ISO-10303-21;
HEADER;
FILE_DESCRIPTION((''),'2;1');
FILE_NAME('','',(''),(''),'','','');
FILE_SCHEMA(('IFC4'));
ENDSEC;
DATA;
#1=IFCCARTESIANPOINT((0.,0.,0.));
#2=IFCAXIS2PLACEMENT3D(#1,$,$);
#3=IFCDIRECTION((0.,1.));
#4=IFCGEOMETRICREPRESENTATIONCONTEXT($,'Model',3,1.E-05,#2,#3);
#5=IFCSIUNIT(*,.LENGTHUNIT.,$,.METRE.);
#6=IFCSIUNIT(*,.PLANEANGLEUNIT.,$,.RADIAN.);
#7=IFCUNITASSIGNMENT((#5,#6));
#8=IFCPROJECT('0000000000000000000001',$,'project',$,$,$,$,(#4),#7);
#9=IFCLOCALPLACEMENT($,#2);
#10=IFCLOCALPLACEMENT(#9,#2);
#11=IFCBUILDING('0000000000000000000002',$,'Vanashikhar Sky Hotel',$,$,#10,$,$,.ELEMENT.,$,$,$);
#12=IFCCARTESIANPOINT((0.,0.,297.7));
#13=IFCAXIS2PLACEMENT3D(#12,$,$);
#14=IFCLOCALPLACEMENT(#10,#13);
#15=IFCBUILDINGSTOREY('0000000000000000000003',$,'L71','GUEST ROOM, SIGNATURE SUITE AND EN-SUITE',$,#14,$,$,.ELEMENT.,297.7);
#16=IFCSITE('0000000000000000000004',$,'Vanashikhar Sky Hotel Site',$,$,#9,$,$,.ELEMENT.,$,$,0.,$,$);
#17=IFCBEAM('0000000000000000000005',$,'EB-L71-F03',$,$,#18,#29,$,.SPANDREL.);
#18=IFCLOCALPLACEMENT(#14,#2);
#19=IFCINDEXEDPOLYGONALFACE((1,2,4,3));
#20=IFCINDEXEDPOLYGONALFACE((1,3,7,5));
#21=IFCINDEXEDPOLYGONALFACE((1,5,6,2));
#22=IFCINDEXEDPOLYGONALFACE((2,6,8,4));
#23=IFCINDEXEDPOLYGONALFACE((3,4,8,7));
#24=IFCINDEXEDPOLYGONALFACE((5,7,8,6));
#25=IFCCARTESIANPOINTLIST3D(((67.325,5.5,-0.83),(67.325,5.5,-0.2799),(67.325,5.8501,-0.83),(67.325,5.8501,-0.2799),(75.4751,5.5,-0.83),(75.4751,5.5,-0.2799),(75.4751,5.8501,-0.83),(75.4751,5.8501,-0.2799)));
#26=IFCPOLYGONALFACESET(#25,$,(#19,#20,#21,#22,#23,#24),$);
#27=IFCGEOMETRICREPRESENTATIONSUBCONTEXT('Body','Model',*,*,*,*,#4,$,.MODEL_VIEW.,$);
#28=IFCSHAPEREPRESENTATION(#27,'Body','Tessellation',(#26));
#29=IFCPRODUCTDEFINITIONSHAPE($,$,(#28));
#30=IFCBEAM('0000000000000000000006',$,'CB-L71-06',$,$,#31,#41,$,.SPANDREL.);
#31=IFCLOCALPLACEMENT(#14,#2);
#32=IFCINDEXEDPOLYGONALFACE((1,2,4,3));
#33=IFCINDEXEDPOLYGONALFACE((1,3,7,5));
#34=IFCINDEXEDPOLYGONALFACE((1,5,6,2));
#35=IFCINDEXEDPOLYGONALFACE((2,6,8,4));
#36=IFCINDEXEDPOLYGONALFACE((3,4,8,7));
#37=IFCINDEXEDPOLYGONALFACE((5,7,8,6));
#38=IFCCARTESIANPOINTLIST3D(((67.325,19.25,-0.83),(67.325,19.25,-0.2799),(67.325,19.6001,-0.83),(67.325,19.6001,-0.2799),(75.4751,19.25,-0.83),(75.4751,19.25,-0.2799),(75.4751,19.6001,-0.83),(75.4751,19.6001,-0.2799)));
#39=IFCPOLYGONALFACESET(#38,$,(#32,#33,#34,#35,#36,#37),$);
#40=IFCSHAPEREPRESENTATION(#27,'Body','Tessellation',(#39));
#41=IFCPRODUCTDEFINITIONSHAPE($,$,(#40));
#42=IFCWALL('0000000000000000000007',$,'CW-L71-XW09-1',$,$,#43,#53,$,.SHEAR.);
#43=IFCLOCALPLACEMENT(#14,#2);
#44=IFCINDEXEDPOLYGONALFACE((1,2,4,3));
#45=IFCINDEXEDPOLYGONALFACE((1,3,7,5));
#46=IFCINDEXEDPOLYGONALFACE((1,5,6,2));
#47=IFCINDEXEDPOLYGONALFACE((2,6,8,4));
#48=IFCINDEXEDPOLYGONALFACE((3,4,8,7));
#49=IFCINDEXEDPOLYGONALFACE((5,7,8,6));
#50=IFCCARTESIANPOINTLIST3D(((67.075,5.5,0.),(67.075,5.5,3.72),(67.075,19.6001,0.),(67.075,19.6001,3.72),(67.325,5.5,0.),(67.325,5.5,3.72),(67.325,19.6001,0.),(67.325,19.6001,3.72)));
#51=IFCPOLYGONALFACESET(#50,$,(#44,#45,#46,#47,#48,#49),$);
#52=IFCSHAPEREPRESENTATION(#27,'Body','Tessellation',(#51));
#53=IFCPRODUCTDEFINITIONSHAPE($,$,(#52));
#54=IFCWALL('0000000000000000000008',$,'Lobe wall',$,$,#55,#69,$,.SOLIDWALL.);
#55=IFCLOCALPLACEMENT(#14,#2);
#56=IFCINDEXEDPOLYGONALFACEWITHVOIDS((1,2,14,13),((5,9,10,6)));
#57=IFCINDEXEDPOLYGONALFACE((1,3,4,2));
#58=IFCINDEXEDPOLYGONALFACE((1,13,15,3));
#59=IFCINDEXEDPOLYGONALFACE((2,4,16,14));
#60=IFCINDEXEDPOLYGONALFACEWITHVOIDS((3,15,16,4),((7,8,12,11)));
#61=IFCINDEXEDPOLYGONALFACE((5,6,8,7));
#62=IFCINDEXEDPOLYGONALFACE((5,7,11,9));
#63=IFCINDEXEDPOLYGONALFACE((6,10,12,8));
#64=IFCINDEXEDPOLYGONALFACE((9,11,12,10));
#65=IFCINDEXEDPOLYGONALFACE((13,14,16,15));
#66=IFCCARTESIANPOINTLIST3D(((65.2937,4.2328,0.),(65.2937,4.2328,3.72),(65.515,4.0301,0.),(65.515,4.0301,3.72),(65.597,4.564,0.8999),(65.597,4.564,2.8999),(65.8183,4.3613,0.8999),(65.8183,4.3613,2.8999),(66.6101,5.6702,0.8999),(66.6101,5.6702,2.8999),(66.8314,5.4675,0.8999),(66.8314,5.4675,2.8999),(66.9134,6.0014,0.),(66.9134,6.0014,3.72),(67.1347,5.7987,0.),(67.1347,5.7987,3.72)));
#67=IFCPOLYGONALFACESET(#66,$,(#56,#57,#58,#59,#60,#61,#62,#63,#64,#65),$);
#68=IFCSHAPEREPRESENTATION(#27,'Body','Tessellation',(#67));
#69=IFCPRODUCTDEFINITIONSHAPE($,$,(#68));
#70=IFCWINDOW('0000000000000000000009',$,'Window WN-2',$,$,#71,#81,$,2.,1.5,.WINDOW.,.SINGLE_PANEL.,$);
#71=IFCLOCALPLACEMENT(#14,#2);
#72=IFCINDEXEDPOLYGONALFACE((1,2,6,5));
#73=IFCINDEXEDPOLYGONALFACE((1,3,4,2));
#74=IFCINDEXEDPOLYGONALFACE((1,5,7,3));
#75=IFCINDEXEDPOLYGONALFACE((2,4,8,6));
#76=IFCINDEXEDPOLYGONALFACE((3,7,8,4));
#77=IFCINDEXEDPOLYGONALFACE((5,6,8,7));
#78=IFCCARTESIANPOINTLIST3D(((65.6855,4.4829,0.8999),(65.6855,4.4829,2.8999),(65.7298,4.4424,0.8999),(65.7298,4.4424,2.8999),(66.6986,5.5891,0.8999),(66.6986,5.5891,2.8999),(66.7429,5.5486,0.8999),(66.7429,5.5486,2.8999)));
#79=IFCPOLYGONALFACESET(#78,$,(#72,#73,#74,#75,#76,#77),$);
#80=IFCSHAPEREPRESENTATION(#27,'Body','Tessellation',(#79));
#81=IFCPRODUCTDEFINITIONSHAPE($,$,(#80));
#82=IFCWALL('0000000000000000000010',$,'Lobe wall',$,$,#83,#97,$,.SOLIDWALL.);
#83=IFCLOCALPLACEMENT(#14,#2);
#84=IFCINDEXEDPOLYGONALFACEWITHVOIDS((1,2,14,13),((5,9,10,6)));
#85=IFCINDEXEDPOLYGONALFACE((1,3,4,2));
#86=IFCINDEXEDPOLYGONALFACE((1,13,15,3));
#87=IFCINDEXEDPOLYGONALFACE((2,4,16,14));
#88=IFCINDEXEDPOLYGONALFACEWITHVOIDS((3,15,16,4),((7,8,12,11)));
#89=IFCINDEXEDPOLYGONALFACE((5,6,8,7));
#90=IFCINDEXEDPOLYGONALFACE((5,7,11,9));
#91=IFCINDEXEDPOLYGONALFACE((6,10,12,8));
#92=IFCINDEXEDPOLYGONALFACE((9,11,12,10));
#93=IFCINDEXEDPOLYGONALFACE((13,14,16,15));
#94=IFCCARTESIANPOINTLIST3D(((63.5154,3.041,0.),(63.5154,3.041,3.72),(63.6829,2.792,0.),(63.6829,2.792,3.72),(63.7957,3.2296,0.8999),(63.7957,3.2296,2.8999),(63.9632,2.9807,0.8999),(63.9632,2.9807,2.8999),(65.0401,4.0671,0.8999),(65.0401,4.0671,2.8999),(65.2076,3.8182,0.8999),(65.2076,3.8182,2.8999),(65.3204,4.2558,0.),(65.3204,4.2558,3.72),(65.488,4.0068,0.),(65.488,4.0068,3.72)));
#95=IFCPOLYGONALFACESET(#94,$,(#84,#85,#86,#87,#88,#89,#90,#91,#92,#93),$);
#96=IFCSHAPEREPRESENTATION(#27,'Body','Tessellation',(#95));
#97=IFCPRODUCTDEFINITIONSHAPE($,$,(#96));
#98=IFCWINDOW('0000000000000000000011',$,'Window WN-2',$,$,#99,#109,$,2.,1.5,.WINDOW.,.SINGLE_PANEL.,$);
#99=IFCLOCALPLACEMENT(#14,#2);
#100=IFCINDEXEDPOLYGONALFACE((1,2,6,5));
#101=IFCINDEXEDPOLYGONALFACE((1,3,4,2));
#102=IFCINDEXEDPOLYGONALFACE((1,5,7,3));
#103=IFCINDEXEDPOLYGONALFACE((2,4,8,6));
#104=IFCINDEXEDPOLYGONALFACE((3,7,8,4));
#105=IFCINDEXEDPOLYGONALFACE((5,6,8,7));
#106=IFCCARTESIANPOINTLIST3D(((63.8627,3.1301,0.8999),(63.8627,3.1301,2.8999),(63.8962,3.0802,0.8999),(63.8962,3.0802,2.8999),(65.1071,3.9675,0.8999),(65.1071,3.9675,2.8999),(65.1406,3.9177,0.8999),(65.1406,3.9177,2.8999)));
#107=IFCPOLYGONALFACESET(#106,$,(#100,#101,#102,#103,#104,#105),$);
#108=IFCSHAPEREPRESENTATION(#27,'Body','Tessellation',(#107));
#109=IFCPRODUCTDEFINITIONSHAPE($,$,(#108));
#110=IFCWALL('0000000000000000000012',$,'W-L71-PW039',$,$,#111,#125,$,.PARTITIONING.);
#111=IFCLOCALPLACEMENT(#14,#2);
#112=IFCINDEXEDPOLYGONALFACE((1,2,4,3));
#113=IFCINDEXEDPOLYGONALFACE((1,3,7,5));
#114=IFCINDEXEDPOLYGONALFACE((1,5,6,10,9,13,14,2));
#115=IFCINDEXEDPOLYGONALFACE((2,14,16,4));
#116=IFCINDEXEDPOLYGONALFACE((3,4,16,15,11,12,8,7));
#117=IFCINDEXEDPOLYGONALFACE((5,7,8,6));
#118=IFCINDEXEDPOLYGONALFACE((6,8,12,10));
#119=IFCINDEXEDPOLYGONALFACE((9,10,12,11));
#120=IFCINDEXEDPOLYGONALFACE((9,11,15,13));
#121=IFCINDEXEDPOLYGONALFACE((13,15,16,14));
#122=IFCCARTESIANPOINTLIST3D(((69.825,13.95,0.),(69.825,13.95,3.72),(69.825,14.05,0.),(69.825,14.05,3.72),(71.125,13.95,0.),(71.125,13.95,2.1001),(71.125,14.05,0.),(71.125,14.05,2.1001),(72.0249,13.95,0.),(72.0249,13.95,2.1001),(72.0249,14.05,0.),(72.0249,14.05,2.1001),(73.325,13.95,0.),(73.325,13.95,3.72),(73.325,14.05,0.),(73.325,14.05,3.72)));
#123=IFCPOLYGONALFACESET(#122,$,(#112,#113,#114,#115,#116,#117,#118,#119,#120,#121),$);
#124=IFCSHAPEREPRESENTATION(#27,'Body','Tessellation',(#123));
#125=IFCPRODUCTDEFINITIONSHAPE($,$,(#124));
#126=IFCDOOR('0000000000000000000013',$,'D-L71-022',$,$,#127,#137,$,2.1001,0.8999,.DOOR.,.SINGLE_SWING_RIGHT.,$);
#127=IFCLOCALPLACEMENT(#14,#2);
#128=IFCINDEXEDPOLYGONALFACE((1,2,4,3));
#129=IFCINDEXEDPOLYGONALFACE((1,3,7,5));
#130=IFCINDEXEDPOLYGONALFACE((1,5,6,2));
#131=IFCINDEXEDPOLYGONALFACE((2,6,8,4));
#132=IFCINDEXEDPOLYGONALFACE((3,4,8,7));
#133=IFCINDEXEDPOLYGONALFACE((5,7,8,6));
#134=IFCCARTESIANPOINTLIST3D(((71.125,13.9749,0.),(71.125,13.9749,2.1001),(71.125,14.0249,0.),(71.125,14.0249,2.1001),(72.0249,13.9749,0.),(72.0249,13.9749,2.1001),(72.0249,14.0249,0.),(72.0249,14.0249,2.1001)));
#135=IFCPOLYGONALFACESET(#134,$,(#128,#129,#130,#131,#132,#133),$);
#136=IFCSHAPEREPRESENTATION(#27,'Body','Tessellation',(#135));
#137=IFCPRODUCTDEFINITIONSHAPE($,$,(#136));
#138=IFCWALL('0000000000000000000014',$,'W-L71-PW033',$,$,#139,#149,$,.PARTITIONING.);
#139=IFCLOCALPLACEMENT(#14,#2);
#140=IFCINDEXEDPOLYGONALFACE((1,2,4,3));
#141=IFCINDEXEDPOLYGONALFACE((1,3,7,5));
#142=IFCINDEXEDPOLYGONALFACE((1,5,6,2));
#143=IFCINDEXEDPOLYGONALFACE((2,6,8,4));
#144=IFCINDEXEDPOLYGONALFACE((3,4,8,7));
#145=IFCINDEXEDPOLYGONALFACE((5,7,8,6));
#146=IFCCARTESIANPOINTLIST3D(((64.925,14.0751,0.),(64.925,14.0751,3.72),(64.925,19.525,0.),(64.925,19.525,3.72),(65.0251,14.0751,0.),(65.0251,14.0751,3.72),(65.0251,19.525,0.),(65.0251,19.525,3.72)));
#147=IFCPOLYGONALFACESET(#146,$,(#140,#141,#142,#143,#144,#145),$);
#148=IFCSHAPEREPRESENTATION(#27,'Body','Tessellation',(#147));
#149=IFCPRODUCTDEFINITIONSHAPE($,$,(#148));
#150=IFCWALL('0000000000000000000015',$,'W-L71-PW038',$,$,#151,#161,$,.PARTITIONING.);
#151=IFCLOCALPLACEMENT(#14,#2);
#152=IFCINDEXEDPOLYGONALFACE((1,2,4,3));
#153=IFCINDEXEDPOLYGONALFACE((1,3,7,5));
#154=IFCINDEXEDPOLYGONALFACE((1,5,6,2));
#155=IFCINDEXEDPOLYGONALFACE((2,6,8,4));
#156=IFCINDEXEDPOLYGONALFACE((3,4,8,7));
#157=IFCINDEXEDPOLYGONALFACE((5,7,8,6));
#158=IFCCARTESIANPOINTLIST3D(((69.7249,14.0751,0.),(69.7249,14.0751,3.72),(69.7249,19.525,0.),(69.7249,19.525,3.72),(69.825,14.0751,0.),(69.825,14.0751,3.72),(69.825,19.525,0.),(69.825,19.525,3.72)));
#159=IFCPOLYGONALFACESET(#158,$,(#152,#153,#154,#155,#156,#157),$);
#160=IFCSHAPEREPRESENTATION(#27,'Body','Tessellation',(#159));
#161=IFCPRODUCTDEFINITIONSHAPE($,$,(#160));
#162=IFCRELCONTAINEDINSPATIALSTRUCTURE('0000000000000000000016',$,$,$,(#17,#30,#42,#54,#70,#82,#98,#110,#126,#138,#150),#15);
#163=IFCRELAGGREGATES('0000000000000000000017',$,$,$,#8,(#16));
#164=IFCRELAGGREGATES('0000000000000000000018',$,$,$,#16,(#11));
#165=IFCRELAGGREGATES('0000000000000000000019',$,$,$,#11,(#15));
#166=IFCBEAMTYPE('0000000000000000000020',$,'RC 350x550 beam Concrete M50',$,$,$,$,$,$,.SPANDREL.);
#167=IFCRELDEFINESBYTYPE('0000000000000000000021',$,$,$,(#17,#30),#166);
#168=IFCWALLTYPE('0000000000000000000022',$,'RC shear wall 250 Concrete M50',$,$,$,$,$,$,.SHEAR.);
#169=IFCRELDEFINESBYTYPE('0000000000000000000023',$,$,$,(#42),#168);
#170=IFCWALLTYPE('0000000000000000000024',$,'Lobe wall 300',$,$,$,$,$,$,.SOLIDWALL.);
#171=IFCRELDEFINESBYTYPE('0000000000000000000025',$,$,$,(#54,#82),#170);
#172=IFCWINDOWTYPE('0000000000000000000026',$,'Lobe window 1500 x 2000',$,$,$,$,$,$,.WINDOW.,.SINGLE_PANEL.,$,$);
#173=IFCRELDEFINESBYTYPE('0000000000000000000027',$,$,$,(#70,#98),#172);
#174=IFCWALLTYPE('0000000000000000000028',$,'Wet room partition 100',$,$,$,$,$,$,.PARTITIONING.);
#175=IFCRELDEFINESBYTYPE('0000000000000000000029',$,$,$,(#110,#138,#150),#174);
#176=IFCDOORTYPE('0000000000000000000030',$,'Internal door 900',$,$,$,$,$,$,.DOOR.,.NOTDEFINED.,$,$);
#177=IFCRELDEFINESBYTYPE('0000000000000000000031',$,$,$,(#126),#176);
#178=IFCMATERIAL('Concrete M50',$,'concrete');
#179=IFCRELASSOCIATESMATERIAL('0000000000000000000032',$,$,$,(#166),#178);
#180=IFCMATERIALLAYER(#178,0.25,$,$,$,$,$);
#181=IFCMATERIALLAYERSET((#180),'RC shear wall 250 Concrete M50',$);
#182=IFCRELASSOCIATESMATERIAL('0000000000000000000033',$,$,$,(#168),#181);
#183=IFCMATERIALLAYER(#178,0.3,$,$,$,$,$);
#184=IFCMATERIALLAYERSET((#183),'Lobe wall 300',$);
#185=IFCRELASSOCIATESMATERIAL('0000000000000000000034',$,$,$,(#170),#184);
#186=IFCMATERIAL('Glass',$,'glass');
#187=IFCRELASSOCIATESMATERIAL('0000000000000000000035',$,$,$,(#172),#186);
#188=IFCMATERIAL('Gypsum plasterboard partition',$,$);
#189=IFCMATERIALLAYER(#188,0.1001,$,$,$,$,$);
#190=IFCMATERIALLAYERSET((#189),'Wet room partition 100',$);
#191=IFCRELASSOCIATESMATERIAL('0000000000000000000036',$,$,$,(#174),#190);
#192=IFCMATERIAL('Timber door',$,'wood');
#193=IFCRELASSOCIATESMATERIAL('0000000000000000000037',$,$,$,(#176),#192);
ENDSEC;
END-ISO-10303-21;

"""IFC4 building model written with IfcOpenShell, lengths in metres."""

from ifc_helpers import new_model, si_unit, direction, frame, frame_2d, origin, origin_2d, place, context, subcontext, project, spatial, rectangle, extrude, source, transform, mapped, material, layer, layer_set, material_profile, profile_set, type_object, element, fill, save


model = new_model("IFC4")

# Units and contexts
model_context = context("Model", 3, precision=1e-05, world=origin(), true_north=direction((0.0, 1.0)))
body_context = subcontext(model_context, "Body", "Model", "MODEL_VIEW")
ifc_project = project(units=[si_unit("LENGTHUNIT", "METRE"), si_unit("PLANEANGLEUNIT", "RADIAN")], contexts=[model_context])

# Site, building, storey
site_placement = place(None, origin())
site = spatial("IfcSite", under=ifc_project, at=site_placement, Name="Vanashikhar Sky Hotel Site", CompositionType="ELEMENT", RefElevation=0.0)
building_placement = place(site_placement, origin())
building = spatial("IfcBuilding", under=site, at=building_placement, Name="Vanashikhar Sky Hotel", CompositionType="ELEMENT")
storey_placement = place(building_placement, frame((0.0, 0.0, 297.7)))
storey = spatial("IfcBuildingStorey", under=building, at=storey_placement, Name="L71", Description="GUEST ROOM, SIGNATURE SUITE AND EN-SUITE", CompositionType="ELEMENT", Elevation=297.7)

# Beams
ifc_material_1 = material(Name="Concrete M50", Category="concrete")
ifc_material_profile_1 = material_profile(ifc_material_1, rectangle(XDim=0.3501, YDim=0.55, at=origin_2d()))
ifc_profile_set_1 = profile_set([ifc_material_profile_1], Name="RC 350x550 beam Concrete M50")
beam_type = type_object("IfcBeamType", Name="RC 350x550 beam Concrete M50", PredefinedType="SPANDREL", material=ifc_profile_set_1)
shared_shape_1 = source(origin(), body_context, "Body", "SweptSolid", [
    extrude(rectangle(XDim=0.3501, YDim=0.55, at=origin_2d()), origin(), (0.0, 0.0, 1.0), 8.1501),
])
for number, where, z_axis, x_axis, name in (
    (1, (67.325, 5.675, -0.5549), (1.0, 0.0, 0.0), (0.0, 1.0, 0.0), "EB-L71-F03"),
    (2, (67.325, 19.425, -0.5549), (1.0, 0.0, 0.0), (0.0, 1.0, 0.0), "CB-L71-06"),
):
    element("IfcBeam", number, at=place(storey_placement, frame(where, z_axis=z_axis, x_axis=x_axis)), inside=storey, type_object=beam_type, Name=name, PredefinedType="SPANDREL", context=body_context, shape_type="MappedRepresentation", body=[
        mapped(shared_shape_1, transform((0.0, 0.0, 0.0), scale=1.0)),
    ])

# Wall
ifc_layer_1 = layer(ifc_material_1, 0.25)
ifc_layer_set_1 = layer_set([ifc_layer_1], Name="RC shear wall 250 Concrete M50")
wall_type_1 = type_object("IfcWallType", Name="RC shear wall 250 Concrete M50", PredefinedType="SHEAR", material=ifc_layer_set_1)
shared_shape_2 = source(origin(), body_context, "Body", "SweptSolid", [
    extrude(rectangle(XDim=14.1001, YDim=0.25, at=frame_2d((7.05, 0.0))), origin(), (0.0, 0.0, 1.0), 3.72),
])
wall_1_placement = place(storey_placement, frame((67.2, 5.5, 0.0), z_axis=(0.0, 0.0, 1.0), x_axis=(0.0, 1.0, 0.0)))
element("IfcWall", 3, at=wall_1_placement, inside=storey, type_object=wall_type_1, Name="CW-L71-XW09-1", PredefinedType="SHEAR", context=body_context, shape_type="MappedRepresentation", body=[
    mapped(shared_shape_2, transform((0.0, 0.0, 0.0), scale=1.0)),
])

# Shared definitions
ifc_material_2 = material(Name="Glass", Category="glass")

# Walls, openings, windows
ifc_layer_2 = layer(ifc_material_1, 0.3)
ifc_layer_set_2 = layer_set([ifc_layer_2], Name="Lobe wall 300")
wall_type_2 = type_object("IfcWallType", Name="Lobe wall 300", PredefinedType="SOLIDWALL", material=ifc_layer_set_2)
shared_shape_3 = source(origin(), body_context, "Body", "SweptSolid", [
    extrude(rectangle(XDim=2.3982, YDim=0.3, at=frame_2d((1.1992, 0.0))), origin(), (0.0, 0.0, 1.0), 3.72),
])
wall_2_placement = place(storey_placement, frame((65.4043, 4.1313, 0.0), z_axis=(0.0, 0.0, 1.0), x_axis=(0.675374, 0.737475, 0.0)))
wall_2 = element("IfcWall", 4, at=wall_2_placement, inside=storey, type_object=wall_type_2, Name="Lobe wall", PredefinedType="SOLIDWALL", context=body_context, shape_type="MappedRepresentation", body=[
    mapped(shared_shape_3, transform((0.0, 0.0, 0.0), scale=1.0)),
])
shared_shape_4 = source(origin(), body_context, "Body", "SweptSolid", [
    extrude(rectangle(XDim=1.5, YDim=2.0, at=frame_2d((0.75, 1.0))), frame((0.0, 0.1602, 0.0), z_axis=(0.0, -1.0, 0.0), x_axis=(1.0, 0.0, 0.0)), (0.0, 0.0, 1.0), 0.3201),
])
opening_1_placement = place(wall_2_placement, frame((0.4492, 0.0, 0.8999)))
opening_1 = element("IfcOpeningElement", 5, at=opening_1_placement, cuts=wall_2, PredefinedType="OPENING", context=body_context, shape_type="MappedRepresentation", body=[
    mapped(shared_shape_4, transform((0.0, 0.0, 0.0), scale=1.0)),
])
window_type_1 = type_object("IfcWindowType", Name="Lobe window 1500 x 2000", PartitioningType="SINGLE_PANEL", PredefinedType="WINDOW", material=ifc_material_2)
shared_shape_5 = source(origin(), body_context, "Body", "SweptSolid", [
    extrude(rectangle(XDim=1.5, YDim=2.0, at=frame_2d((0.75, 1.0))), frame((0.0, 0.03, 0.0), z_axis=(0.0, -1.0, 0.0), x_axis=(1.0, 0.0, 0.0)), (0.0, 0.0, 1.0), 0.0601),
])
window_1_placement = place(opening_1_placement, origin())
window_1 = element("IfcWindow", 6, at=window_1_placement, inside=storey, type_object=window_type_1, Name="Window WN-2", OverallHeight=2.0, OverallWidth=1.5, PartitioningType="SINGLE_PANEL", PredefinedType="WINDOW", context=body_context, shape_type="MappedRepresentation", body=[
    mapped(shared_shape_5, transform((0.0, 0.0, 0.0), scale=1.0)),
])
fill(opening_1, window_1)
shared_shape_6 = source(origin(), body_context, "Body", "SweptSolid", [
    extrude(rectangle(XDim=2.1758, YDim=0.3, at=frame_2d((1.0879, 0.0))), origin(), (0.0, 0.0, 1.0), 3.72),
])
wall_3_placement = place(storey_placement, frame((63.5991, 2.9165, 0.0), z_axis=(0.0, 0.0, 1.0), x_axis=(0.829626, 0.55832, 0.0)))
wall_3 = element("IfcWall", 7, at=wall_3_placement, inside=storey, type_object=wall_type_2, Name="Lobe wall", PredefinedType="SOLIDWALL", context=body_context, shape_type="MappedRepresentation", body=[
    mapped(shared_shape_6, transform((0.0, 0.0, 0.0), scale=1.0)),
])
opening_2_placement = place(wall_3_placement, frame((0.3379, 0.0, 0.8999)))
opening_2 = element("IfcOpeningElement", 8, at=opening_2_placement, cuts=wall_3, PredefinedType="OPENING", context=body_context, shape_type="MappedRepresentation", body=[
    mapped(shared_shape_4, transform((0.0, 0.0, 0.0), scale=1.0)),
])
window_2_placement = place(opening_2_placement, origin())
window_2 = element("IfcWindow", 9, at=window_2_placement, inside=storey, type_object=window_type_1, Name="Window WN-2", OverallHeight=2.0, OverallWidth=1.5, PartitioningType="SINGLE_PANEL", PredefinedType="WINDOW", context=body_context, shape_type="MappedRepresentation", body=[
    mapped(shared_shape_5, transform((0.0, 0.0, 0.0), scale=1.0)),
])
fill(opening_2, window_2)

# Wall, opening, door
ifc_material_3 = material(Name="Gypsum plasterboard partition")
ifc_layer_3 = layer(ifc_material_3, 0.1001)
ifc_layer_set_3 = layer_set([ifc_layer_3], Name="Wet room partition 100")
wall_type_3 = type_object("IfcWallType", Name="Wet room partition 100", PredefinedType="PARTITIONING", material=ifc_layer_set_3)
shared_shape_7 = source(origin(), body_context, "Body", "SweptSolid", [
    extrude(rectangle(XDim=3.5, YDim=0.1001, at=frame_2d((1.75, 0.0))), origin(), (0.0, 0.0, 1.0), 3.72),
])
wall_4_placement = place(storey_placement, frame((69.825, 14.0, 0.0), z_axis=(0.0, 0.0, 1.0), x_axis=(1.0, 0.0, 0.0)))
wall_4 = element("IfcWall", 10, at=wall_4_placement, inside=storey, type_object=wall_type_3, Name="W-L71-PW039", PredefinedType="PARTITIONING", context=body_context, shape_type="MappedRepresentation", body=[
    mapped(shared_shape_7, transform((0.0, 0.0, 0.0), scale=1.0)),
])
shared_shape_8 = source(origin(), body_context, "Body", "SweptSolid", [
    extrude(rectangle(XDim=0.8999, YDim=2.1001, at=frame_2d((0.45, 1.05))), frame((0.0, 0.0601, 0.0), z_axis=(0.0, -1.0, 0.0), x_axis=(1.0, 0.0, 0.0)), (0.0, 0.0, 1.0), 0.1201),
])
opening_3_placement = place(wall_4_placement, frame((1.3, 0.0, 0.0)))
opening_3 = element("IfcOpeningElement", 11, at=opening_3_placement, cuts=wall_4, PredefinedType="OPENING", context=body_context, shape_type="MappedRepresentation", body=[
    mapped(shared_shape_8, transform((0.0, 0.0, 0.0), scale=1.0)),
])
ifc_material_4 = material(Name="Timber door", Category="wood")
door_type_1 = type_object("IfcDoorType", Name="Internal door 900", OperationType="NOTDEFINED", PredefinedType="DOOR", material=ifc_material_4)
shared_shape_9 = source(origin(), body_context, "Body", "SweptSolid", [
    extrude(rectangle(XDim=0.8999, YDim=2.1001, at=frame_2d((0.45, 1.05))), frame((0.0, 0.0249, 0.0), z_axis=(0.0, -1.0, 0.0), x_axis=(1.0, 0.0, 0.0)), (0.0, 0.0, 1.0), 0.05),
])
door_1_placement = place(opening_3_placement, origin())
door_1 = element("IfcDoor", 12, at=door_1_placement, inside=storey, type_object=door_type_1, Name="D-L71-022", OperationType="SINGLE_SWING_RIGHT", OverallHeight=2.1001, OverallWidth=0.8999, PredefinedType="DOOR", context=body_context, shape_type="MappedRepresentation", body=[
    mapped(shared_shape_9, transform((0.0, 0.0, 0.0), scale=1.0)),
])
fill(opening_3, door_1)

# Walls
shared_shape_10 = source(origin(), body_context, "Body", "SweptSolid", [
    extrude(rectangle(XDim=5.45, YDim=0.1001, at=frame_2d((2.7251, 0.0))), origin(), (0.0, 0.0, 1.0), 3.72),
])
for number, where, z_axis, x_axis, name in (
    (13, (64.9751, 14.075, 0.0), (0.0, 0.0, 1.0), (0.0, 1.0, 0.0), "W-L71-PW033"),
    (14, (69.7749, 14.075, 0.0), (0.0, 0.0, 1.0), (0.0, 1.0, 0.0), "W-L71-PW038"),
):
    element("IfcWall", number, at=place(storey_placement, frame(where, z_axis=z_axis, x_axis=x_axis)), inside=storey, type_object=wall_type_3, Name=name, PredefinedType="PARTITIONING", context=body_context, shape_type="MappedRepresentation", body=[
        mapped(shared_shape_10, transform((0.0, 0.0, 0.0), scale=1.0)),
    ])

save(model, "model.ifc")
